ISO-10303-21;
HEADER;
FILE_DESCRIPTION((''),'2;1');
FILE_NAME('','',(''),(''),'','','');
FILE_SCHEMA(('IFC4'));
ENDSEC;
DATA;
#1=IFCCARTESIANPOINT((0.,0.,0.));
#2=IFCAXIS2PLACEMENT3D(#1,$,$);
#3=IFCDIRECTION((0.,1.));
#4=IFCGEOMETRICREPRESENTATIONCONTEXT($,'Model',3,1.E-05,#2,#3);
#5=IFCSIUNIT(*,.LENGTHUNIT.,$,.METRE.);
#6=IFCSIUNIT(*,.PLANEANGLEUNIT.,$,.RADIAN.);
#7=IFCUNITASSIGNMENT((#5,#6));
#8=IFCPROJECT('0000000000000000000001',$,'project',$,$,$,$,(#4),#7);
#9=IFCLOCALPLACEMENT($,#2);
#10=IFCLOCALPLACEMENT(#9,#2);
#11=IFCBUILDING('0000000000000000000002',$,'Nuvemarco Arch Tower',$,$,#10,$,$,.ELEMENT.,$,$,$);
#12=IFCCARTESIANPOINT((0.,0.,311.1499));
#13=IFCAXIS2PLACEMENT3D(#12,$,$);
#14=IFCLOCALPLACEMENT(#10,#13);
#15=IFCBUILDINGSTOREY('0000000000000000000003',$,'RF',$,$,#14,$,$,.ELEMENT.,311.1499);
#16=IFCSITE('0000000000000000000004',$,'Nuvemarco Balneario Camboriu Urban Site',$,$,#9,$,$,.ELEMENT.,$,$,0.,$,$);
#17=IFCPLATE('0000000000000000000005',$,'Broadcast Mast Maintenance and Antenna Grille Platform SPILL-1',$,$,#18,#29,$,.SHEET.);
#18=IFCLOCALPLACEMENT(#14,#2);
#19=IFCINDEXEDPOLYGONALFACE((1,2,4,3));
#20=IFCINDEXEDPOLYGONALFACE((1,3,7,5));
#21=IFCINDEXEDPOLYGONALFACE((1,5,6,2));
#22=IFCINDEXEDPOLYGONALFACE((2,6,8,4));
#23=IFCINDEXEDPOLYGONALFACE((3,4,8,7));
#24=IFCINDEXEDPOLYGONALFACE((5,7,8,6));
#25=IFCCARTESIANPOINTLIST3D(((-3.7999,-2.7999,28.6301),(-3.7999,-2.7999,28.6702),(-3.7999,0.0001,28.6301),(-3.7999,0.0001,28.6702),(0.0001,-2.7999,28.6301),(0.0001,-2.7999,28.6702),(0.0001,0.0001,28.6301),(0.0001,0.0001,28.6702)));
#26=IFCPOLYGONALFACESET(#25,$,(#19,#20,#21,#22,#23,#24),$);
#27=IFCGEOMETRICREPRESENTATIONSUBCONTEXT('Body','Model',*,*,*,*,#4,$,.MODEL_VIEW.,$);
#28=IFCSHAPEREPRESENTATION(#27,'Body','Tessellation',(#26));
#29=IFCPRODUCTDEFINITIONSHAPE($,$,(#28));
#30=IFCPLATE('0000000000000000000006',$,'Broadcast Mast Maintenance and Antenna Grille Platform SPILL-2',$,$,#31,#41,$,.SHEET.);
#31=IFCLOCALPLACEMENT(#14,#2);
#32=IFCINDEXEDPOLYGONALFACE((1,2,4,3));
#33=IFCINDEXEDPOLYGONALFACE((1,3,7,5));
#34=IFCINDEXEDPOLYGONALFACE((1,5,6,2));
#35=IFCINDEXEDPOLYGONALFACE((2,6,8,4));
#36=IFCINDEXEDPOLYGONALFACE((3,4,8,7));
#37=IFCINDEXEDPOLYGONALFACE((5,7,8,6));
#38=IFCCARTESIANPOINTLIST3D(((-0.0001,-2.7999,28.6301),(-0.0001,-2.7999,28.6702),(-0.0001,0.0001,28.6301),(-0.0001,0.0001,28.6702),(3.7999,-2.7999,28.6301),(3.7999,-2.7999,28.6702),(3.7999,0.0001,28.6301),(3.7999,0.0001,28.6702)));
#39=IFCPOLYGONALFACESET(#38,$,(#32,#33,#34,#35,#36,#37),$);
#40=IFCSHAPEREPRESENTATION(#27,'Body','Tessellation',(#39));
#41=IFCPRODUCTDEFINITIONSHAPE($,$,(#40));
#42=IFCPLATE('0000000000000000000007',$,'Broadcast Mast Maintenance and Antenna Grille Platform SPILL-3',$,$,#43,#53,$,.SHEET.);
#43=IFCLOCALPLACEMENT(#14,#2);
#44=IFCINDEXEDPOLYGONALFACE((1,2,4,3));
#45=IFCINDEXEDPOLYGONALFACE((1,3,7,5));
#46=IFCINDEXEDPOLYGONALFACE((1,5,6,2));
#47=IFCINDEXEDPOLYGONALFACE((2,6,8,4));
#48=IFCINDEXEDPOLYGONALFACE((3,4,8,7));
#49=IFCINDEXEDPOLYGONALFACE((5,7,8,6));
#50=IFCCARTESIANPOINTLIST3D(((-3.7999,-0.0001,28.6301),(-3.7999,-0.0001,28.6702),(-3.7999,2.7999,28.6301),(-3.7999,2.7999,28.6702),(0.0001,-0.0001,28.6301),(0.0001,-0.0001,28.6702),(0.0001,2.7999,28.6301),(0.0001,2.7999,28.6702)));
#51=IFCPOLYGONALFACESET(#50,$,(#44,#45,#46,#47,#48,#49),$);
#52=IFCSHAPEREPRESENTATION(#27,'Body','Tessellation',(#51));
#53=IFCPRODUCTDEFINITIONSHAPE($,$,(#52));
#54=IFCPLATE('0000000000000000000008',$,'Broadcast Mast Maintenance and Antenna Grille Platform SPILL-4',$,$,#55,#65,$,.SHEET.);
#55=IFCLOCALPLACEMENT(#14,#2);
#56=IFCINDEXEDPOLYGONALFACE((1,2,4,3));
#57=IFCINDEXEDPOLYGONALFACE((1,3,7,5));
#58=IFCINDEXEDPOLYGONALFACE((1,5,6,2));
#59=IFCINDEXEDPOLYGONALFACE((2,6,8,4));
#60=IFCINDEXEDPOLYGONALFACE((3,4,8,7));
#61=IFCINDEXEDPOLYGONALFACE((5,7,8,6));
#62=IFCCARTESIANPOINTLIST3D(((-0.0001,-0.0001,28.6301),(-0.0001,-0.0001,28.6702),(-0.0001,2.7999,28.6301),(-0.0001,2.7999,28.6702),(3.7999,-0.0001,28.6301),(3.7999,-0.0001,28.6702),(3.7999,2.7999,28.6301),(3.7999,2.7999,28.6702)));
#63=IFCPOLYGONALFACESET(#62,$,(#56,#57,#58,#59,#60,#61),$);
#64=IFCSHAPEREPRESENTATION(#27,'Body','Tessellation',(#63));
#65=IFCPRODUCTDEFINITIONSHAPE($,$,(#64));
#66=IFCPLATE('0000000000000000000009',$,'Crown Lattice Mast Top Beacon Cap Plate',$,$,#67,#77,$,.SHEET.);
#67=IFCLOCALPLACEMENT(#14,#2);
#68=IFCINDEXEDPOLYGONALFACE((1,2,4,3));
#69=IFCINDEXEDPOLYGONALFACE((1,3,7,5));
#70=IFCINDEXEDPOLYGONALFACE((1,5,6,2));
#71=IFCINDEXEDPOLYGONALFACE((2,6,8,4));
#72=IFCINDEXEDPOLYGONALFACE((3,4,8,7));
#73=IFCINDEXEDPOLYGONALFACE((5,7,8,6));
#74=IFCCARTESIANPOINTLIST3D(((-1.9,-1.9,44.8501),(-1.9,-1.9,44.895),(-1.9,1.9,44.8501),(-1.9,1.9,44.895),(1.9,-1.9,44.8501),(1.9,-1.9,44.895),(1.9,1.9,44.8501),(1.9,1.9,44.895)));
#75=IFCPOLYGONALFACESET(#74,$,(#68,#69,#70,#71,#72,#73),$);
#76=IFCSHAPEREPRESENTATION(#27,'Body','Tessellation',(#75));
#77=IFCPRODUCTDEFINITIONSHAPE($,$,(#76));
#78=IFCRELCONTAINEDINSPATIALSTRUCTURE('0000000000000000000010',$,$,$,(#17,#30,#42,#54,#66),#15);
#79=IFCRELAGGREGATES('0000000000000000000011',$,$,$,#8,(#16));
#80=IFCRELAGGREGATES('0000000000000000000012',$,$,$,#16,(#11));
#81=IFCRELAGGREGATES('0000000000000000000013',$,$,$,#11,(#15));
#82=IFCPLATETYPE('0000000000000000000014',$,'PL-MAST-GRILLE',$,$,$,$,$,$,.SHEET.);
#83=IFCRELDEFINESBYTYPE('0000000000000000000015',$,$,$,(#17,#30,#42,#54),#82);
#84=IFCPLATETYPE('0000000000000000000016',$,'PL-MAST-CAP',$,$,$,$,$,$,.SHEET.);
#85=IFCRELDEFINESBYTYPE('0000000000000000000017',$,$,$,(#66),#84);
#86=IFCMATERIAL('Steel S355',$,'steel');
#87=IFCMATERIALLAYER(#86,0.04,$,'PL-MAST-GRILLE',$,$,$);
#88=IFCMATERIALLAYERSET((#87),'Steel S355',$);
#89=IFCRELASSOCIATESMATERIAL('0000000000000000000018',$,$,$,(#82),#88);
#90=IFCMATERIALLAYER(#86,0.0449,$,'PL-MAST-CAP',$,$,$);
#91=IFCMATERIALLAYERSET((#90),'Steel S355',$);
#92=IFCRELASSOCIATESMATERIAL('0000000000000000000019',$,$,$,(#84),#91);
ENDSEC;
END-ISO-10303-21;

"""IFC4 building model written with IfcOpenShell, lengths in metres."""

from ifc_helpers import new_model, si_unit, direction, frame, origin, origin_2d, place, context, subcontext, project, spatial, rectangle, extrude, source, transform, mapped, material, layer, layer_set, type_object, type_shapes, element, save


model = new_model("IFC4")

# Units and contexts
model_context = context("Model", 3, precision=1e-05, world=origin(), true_north=direction((0.0, 1.0)))
body_context = subcontext(model_context, "Body", "Model", "MODEL_VIEW")
ifc_project = project(units=[si_unit("LENGTHUNIT", "METRE"), si_unit("PLANEANGLEUNIT", "RADIAN")], contexts=[model_context])

# Site, building, storey
site_placement = place(None, origin())
site = spatial("IfcSite", under=ifc_project, at=site_placement, Name="Nuvemarco Balneario Camboriu Urban Site", CompositionType="ELEMENT", RefElevation=0.0)
building_placement = place(site_placement, origin())
building = spatial("IfcBuilding", under=site, at=building_placement, Name="Nuvemarco Arch Tower", CompositionType="ELEMENT")
storey_placement = place(building_placement, frame((0.0, 0.0, 311.1499)))
storey = spatial("IfcBuildingStorey", under=building, at=storey_placement, Name="RF", CompositionType="ELEMENT", Elevation=311.1499)

# Shared definitions
ifc_material = material(Name="Steel S355", Category="steel")

# Plates
ifc_layer_1 = layer(ifc_material, 0.04, Name="PL-MAST-GRILLE")
ifc_layer_set_1 = layer_set([ifc_layer_1], Name="Steel S355")
plate_type_1 = type_object("IfcPlateType", Name="PL-MAST-GRILLE", PredefinedType="SHEET", material=ifc_layer_set_1)
shared_shape_1 = source(origin(), body_context, "Body", "SweptSolid", [
    extrude(rectangle(XDim=3.8, YDim=2.8, at=origin_2d()), origin(), (0.0, 0.0, 1.0), 0.04),
])
type_shapes(plate_type_1, [shared_shape_1])
for number, where, z_axis, x_axis, name in (
    (1, (-1.8999, -1.3999, 28.6301), (0.0, 0.0, 1.0), (1.0, 0.0, 0.0), "Broadcast Mast Maintenance and Antenna Grille Platform SPILL-1"),
    (2, (1.8999, -1.3999, 28.6301), (0.0, 0.0, 1.0), (1.0, 0.0, 0.0), "Broadcast Mast Maintenance and Antenna Grille Platform SPILL-2"),
    (3, (-1.8999, 1.3999, 28.6301), (0.0, 0.0, 1.0), (1.0, 0.0, 0.0), "Broadcast Mast Maintenance and Antenna Grille Platform SPILL-3"),
    (4, (1.8999, 1.3999, 28.6301), (0.0, 0.0, 1.0), (1.0, 0.0, 0.0), "Broadcast Mast Maintenance and Antenna Grille Platform SPILL-4"),
):
    element("IfcPlate", number, at=place(storey_placement, frame(where, z_axis=z_axis, x_axis=x_axis)), inside=storey, type_object=plate_type_1, Name=name, PredefinedType="SHEET", context=body_context, shape_type="MappedRepresentation", body=[
        mapped(shared_shape_1, transform((0.0, 0.0, 0.0), scale=1.0)),
    ])
ifc_layer_2 = layer(ifc_material, 0.0449, Name="PL-MAST-CAP")
ifc_layer_set_2 = layer_set([ifc_layer_2], Name="Steel S355")
plate_type_2 = type_object("IfcPlateType", Name="PL-MAST-CAP", PredefinedType="SHEET", material=ifc_layer_set_2)
shared_shape_2 = source(origin(), body_context, "Body", "SweptSolid", [
    extrude(rectangle(XDim=3.8, YDim=3.8, at=origin_2d()), origin(), (0.0, 0.0, 1.0), 0.0449),
])
type_shapes(plate_type_2, [shared_shape_2])
plate_placement = place(storey_placement, frame((0.0, 0.0, 44.8501), z_axis=(0.0, 0.0, 1.0), x_axis=(1.0, 0.0, 0.0)))
element("IfcPlate", 5, at=plate_placement, inside=storey, type_object=plate_type_2, Name="Crown Lattice Mast Top Beacon Cap Plate", PredefinedType="SHEET", context=body_context, shape_type="MappedRepresentation", body=[
    mapped(shared_shape_2, transform((0.0, 0.0, 0.0), scale=1.0)),
])

save(model, "model.ifc")
